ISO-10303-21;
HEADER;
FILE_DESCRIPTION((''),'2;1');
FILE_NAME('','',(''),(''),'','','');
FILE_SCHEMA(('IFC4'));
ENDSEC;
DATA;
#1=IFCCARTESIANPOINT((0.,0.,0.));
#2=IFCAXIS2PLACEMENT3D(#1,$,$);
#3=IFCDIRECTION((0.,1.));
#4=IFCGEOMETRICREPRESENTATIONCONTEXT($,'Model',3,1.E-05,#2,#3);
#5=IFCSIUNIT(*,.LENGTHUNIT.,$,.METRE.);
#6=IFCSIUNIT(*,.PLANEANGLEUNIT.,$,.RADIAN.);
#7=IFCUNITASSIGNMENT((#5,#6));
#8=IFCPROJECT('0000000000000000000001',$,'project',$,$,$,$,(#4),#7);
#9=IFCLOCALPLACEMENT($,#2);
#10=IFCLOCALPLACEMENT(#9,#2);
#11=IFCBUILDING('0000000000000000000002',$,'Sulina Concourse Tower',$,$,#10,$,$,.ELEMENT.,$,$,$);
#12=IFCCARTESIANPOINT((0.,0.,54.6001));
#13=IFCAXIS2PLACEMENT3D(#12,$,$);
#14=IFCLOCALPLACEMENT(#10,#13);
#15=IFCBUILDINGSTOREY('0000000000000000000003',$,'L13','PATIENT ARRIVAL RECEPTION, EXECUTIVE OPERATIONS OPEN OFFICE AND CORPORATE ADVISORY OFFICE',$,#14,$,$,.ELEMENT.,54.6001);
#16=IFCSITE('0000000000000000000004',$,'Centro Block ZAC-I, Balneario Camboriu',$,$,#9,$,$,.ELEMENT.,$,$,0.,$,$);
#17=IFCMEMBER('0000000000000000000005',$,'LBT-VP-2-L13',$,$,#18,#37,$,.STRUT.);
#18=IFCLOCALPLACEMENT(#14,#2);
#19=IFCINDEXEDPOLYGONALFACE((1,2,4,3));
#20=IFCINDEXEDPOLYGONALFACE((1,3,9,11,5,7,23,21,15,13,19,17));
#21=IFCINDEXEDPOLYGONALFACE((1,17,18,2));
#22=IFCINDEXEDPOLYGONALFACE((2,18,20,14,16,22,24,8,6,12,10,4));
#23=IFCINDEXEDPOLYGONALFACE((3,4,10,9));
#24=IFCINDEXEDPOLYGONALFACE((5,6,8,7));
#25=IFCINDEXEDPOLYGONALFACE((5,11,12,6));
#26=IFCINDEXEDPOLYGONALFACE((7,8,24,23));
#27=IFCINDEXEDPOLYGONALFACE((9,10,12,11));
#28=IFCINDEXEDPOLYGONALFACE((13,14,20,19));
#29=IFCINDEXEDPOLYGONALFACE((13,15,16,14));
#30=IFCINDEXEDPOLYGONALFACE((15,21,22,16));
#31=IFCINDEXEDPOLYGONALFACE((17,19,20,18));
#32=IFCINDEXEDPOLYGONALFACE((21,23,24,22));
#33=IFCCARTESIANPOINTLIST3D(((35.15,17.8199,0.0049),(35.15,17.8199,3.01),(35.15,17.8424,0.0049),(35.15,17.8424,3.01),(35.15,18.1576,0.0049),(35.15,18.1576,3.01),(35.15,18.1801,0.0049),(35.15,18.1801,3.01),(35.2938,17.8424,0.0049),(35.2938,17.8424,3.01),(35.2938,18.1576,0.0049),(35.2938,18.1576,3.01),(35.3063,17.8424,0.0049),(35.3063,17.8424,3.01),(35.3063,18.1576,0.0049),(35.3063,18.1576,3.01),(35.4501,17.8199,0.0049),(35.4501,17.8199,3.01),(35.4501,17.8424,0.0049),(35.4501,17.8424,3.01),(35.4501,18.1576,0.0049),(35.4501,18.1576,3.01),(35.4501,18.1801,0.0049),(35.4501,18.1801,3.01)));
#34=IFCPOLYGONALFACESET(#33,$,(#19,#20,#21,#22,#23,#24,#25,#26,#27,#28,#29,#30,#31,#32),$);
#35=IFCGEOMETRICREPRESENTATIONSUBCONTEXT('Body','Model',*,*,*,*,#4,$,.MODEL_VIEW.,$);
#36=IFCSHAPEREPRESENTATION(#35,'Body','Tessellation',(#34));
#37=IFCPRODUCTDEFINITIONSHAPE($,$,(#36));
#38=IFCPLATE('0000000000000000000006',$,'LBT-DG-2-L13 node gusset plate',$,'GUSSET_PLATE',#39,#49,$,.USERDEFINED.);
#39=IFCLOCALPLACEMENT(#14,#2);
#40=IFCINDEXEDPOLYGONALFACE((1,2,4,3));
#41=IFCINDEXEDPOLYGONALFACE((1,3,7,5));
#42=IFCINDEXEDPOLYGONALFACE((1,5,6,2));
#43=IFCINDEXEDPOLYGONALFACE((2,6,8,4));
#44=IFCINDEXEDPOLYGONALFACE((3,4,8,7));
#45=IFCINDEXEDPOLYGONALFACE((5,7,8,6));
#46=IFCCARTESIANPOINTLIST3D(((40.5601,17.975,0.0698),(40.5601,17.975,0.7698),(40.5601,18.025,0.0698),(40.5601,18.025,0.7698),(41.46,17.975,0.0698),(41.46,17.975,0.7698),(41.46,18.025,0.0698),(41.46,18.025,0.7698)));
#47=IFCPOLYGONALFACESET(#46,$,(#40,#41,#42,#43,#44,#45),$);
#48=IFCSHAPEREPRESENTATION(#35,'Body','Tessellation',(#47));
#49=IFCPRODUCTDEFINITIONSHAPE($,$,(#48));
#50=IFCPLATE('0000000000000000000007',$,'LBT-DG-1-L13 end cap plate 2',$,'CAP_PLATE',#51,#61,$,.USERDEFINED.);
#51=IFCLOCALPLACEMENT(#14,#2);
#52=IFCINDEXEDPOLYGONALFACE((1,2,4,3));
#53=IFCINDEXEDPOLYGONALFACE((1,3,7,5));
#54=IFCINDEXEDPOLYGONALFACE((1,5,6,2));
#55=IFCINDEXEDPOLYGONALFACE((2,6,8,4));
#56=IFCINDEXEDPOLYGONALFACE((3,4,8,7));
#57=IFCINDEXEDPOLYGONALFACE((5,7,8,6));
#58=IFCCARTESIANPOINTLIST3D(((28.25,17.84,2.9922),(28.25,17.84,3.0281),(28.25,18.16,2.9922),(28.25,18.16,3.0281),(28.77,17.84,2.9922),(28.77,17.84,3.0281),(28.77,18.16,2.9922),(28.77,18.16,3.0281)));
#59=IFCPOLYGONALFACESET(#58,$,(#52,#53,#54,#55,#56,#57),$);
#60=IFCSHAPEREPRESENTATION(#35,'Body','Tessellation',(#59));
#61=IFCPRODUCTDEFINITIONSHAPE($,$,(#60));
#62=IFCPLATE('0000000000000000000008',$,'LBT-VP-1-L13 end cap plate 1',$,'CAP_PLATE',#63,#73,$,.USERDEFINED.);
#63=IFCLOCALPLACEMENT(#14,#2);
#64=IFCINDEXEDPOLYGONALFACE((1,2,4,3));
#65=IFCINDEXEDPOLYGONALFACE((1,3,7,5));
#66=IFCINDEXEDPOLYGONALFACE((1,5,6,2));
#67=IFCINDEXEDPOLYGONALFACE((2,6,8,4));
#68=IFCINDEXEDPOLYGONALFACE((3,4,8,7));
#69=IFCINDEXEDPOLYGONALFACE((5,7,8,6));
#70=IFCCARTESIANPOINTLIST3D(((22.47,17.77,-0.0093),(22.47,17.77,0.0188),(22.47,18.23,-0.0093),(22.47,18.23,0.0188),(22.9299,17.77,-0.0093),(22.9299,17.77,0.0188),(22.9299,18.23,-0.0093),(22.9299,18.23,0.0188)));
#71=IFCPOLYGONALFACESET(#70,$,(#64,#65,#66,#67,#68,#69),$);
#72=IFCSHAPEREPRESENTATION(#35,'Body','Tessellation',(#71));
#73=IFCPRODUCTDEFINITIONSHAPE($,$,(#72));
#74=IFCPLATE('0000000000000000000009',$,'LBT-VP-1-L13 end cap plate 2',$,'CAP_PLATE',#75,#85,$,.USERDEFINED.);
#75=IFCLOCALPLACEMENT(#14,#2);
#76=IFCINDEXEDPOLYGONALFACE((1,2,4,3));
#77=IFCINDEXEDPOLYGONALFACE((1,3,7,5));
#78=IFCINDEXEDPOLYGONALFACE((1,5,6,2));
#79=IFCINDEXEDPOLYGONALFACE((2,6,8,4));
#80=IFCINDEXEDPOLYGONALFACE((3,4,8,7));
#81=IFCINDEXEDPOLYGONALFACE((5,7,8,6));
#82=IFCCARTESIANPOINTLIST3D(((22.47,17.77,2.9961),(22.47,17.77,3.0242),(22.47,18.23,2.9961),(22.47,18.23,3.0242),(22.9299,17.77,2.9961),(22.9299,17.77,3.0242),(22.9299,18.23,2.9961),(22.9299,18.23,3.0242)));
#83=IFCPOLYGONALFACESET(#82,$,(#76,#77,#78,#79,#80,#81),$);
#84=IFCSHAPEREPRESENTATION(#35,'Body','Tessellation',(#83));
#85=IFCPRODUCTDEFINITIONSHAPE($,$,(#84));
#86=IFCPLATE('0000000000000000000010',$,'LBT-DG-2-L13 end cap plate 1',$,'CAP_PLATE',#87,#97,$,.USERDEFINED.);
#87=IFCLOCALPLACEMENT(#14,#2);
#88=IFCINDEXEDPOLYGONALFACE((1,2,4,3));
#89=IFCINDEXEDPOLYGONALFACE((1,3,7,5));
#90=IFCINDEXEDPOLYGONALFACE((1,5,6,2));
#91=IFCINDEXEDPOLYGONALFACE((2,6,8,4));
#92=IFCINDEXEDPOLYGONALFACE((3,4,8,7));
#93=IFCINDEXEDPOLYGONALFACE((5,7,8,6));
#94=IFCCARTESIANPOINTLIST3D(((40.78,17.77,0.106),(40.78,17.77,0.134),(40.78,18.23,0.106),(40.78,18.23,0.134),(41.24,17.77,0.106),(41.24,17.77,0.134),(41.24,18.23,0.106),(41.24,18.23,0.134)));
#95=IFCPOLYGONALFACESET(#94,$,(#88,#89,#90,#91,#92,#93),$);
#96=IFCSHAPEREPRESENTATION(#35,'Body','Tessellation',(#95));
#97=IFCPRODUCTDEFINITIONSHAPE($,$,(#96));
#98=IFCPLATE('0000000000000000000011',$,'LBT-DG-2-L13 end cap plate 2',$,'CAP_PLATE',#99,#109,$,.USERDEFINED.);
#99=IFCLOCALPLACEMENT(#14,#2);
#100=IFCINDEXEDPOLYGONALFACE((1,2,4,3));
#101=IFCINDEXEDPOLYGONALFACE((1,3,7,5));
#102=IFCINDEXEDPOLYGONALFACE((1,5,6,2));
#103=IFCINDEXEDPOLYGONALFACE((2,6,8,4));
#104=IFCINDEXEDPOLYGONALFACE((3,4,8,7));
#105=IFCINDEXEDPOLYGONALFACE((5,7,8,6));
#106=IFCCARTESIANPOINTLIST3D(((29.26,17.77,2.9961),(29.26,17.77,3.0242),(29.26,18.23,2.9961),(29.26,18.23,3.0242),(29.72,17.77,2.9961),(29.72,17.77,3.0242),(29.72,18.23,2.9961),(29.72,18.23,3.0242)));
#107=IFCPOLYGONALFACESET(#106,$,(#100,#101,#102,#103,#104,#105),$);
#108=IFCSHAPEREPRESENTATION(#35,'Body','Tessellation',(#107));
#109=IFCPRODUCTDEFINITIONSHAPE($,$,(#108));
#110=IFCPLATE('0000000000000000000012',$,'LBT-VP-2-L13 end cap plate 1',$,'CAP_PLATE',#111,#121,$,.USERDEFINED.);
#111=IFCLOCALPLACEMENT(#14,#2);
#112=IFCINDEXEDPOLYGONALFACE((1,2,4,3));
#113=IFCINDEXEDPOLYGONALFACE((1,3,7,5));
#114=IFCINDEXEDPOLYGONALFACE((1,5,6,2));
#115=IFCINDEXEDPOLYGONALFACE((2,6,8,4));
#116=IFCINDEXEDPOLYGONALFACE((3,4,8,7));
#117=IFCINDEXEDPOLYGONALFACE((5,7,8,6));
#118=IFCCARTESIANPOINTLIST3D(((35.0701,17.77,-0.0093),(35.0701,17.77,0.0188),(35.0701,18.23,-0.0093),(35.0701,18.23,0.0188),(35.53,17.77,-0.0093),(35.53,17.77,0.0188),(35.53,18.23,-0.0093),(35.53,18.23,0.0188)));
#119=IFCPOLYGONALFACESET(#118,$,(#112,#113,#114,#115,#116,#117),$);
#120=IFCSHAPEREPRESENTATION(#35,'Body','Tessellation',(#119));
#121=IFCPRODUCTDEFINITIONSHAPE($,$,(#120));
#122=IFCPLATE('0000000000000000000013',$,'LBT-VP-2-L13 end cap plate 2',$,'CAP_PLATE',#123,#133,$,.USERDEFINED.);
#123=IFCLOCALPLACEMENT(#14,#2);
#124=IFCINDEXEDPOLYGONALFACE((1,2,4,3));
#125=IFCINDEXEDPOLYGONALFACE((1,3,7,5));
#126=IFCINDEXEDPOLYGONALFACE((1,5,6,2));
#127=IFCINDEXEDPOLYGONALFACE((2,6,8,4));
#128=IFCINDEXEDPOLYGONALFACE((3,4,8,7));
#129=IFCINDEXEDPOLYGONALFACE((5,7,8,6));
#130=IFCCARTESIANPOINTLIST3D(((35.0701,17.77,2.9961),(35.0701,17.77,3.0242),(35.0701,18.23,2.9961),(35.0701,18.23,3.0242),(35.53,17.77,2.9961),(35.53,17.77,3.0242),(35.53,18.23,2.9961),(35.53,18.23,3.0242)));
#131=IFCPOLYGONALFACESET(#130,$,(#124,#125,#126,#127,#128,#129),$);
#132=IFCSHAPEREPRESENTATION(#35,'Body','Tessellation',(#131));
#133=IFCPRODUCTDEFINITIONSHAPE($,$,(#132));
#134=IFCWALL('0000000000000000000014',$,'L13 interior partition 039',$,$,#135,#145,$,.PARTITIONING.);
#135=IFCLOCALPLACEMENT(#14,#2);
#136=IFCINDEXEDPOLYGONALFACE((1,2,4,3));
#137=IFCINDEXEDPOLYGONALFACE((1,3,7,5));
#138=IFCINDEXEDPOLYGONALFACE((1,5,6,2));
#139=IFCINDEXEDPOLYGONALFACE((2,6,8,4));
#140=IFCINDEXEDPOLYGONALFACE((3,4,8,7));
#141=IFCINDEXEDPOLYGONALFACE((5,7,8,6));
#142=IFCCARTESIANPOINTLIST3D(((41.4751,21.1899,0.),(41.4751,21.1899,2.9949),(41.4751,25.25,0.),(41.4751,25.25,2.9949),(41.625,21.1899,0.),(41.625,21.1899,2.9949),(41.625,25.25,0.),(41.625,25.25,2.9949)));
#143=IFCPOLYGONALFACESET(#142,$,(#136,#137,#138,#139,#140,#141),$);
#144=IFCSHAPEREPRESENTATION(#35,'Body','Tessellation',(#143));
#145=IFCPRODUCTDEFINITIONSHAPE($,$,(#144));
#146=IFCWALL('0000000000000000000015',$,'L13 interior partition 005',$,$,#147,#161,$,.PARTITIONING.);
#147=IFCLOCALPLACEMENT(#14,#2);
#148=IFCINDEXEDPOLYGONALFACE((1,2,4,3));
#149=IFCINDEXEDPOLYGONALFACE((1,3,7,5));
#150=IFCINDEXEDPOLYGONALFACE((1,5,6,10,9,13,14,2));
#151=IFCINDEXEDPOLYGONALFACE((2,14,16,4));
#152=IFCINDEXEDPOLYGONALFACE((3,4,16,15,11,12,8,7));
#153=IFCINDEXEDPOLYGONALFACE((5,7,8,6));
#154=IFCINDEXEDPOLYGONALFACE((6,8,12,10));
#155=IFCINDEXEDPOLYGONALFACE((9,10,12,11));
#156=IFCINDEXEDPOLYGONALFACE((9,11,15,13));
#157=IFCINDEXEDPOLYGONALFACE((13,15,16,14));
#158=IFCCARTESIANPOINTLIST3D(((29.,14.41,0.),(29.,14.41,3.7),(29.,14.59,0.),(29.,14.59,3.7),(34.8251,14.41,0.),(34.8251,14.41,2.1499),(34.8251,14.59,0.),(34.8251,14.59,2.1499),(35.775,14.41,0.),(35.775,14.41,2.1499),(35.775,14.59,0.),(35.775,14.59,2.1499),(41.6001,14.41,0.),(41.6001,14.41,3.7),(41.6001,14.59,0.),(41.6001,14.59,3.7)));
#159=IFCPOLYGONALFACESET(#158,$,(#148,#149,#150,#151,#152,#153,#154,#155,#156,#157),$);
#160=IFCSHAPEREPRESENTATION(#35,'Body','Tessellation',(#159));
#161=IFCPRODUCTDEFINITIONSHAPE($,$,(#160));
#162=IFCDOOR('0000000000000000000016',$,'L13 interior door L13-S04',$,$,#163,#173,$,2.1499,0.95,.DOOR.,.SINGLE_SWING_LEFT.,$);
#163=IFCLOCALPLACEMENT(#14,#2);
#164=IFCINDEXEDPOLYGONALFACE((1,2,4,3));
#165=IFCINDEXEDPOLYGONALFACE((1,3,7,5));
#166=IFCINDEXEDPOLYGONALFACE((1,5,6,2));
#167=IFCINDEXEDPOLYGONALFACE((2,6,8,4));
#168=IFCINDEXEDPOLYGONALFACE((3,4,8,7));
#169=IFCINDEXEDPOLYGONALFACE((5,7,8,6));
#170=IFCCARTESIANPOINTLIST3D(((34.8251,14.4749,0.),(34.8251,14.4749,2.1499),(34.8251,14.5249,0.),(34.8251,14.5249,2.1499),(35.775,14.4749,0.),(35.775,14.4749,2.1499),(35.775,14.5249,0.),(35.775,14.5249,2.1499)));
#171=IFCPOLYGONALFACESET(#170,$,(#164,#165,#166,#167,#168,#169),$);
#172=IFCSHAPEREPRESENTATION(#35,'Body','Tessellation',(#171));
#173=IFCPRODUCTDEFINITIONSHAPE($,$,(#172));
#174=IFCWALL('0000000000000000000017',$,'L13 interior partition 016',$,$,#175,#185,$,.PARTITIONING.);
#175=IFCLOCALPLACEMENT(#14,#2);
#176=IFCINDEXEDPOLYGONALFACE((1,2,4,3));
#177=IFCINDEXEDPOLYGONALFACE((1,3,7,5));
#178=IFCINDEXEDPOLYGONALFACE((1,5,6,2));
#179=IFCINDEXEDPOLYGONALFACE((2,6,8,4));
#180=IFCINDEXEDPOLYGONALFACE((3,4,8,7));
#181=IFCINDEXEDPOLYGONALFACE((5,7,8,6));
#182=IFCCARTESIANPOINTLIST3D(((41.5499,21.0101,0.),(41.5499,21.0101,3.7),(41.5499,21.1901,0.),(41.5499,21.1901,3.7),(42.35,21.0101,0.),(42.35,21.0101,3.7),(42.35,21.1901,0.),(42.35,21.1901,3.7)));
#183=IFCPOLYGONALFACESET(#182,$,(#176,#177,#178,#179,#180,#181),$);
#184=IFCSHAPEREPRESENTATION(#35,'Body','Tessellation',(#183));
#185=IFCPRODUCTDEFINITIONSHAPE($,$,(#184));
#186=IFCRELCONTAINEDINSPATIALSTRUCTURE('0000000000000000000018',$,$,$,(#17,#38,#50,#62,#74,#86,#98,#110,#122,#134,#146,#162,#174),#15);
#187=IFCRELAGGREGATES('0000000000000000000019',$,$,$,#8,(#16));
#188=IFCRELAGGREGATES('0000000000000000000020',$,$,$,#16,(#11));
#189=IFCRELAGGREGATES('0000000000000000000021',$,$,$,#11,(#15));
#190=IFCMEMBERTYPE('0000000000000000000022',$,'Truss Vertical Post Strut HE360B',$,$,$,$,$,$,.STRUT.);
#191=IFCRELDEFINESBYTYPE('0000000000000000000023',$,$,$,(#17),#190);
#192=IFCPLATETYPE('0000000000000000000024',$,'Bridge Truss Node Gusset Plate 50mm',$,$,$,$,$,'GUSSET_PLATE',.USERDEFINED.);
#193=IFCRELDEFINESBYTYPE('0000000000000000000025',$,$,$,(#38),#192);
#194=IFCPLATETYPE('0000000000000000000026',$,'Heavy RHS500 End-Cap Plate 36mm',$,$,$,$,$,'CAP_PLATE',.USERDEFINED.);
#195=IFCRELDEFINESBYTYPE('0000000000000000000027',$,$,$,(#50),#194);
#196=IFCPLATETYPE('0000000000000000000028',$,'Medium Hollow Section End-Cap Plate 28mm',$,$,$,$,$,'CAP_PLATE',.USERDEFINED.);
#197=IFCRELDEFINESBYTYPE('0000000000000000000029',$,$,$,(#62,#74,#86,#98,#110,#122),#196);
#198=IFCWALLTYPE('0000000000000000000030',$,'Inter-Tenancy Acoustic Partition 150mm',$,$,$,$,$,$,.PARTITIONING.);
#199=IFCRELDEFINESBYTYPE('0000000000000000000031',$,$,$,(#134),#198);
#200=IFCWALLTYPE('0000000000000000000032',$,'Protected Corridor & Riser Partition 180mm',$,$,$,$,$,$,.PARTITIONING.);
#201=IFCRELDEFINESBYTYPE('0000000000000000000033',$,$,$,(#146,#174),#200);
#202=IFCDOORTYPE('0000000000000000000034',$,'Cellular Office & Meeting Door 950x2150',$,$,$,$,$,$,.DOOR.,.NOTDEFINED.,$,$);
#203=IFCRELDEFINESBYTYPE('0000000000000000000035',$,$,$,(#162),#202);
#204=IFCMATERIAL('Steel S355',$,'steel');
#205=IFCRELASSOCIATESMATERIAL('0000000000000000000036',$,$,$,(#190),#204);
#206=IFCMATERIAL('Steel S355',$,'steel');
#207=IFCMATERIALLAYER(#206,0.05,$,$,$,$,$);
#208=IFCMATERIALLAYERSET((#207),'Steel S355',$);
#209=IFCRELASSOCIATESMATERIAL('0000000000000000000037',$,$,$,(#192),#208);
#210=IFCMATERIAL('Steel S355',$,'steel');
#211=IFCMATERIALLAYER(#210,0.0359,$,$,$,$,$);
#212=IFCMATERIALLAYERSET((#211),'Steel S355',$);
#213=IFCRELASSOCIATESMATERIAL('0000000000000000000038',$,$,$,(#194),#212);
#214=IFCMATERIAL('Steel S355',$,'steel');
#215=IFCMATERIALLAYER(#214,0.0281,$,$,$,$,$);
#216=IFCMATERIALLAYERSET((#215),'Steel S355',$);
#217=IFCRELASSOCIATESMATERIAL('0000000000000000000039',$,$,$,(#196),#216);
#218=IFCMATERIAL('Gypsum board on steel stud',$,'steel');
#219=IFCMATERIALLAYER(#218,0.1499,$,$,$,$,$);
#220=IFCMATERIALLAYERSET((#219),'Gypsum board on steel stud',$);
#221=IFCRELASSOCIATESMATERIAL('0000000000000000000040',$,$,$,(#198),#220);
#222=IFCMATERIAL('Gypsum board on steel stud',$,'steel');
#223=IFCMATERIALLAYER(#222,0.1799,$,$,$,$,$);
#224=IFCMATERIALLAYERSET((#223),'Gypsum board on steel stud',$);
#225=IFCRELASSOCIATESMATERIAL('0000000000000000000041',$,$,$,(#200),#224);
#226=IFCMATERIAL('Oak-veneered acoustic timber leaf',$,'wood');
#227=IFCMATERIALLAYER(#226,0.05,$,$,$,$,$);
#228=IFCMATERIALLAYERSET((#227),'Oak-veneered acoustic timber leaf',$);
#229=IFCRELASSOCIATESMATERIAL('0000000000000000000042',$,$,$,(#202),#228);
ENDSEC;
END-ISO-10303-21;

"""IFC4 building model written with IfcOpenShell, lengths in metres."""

from ifc_helpers import new_model, si_unit, direction, frame, frame_2d, origin, origin_2d, place, context, subcontext, project, spatial, rectangle, i_section, extrude, material, layer, layer_set, material_profile, profile_set, type_object, element, fill, save


model = new_model("IFC4")

# Units and contexts
model_context = context("Model", 3, precision=1e-05, world=origin(), true_north=direction((0.0, 1.0)))
body_context = subcontext(model_context, "Body", "Model", "MODEL_VIEW")
ifc_project = project(units=[si_unit("LENGTHUNIT", "METRE"), si_unit("PLANEANGLEUNIT", "RADIAN")], contexts=[model_context])

# Site, building, storey
site_placement = place(None, origin())
site = spatial("IfcSite", under=ifc_project, at=site_placement, Name="Centro Block ZAC-I, Balneario Camboriu", CompositionType="ELEMENT", RefElevation=0.0)
building_placement = place(site_placement, origin())
building = spatial("IfcBuilding", under=site, at=building_placement, Name="Sulina Concourse Tower", CompositionType="ELEMENT")
storey_placement = place(building_placement, frame((0.0, 0.0, 54.6001)))
storey = spatial("IfcBuildingStorey", under=building, at=storey_placement, Name="L13", Description="PATIENT ARRIVAL RECEPTION, EXECUTIVE OPERATIONS OPEN OFFICE AND CORPORATE ADVISORY OFFICE", CompositionType="ELEMENT", Elevation=54.6001)

# Member
ifc_material_1 = material(Name="Steel S355", Category="steel")
ifc_material_profile_1 = material_profile(ifc_material_1, i_section(OverallWidth=0.3, OverallDepth=0.3601, WebThickness=0.0125, FlangeThickness=0.0225, at=origin_2d()), Name="HE 360 B")
ifc_profile_set_1 = profile_set([ifc_material_profile_1], Name="Steel S355")
member_type_1 = type_object("IfcMemberType", Name="Truss Vertical Post Strut HE360B", PredefinedType="STRUT", material=ifc_profile_set_1)
for number, where, z_axis, x_axis, name in (
    (1, (35.3, 18.0, 0.0049), (0.0, 0.0, 1.0), (1.0, 0.0, 0.0), "LBT-VP-2-L13"),
):
    element("IfcMember", number, at=place(storey_placement, frame(where, z_axis=z_axis, x_axis=x_axis)), inside=storey, type_object=member_type_1, Name=name, PredefinedType="STRUT", context=body_context, shape_type="SweptSolid", body=[
        extrude(i_section(OverallWidth=0.3, OverallDepth=0.3601, WebThickness=0.0125, FlangeThickness=0.0225, at=origin_2d()), origin(), (0.0, 0.0, 1.0), 3.0051),
    ])

# Plates
ifc_material_2 = material(Name="Steel S355", Category="steel")
ifc_layer_1 = layer(ifc_material_2, 0.05)
ifc_layer_set_1 = layer_set([ifc_layer_1], Name="Steel S355")
plate_type_1 = type_object("IfcPlateType", Name="Bridge Truss Node Gusset Plate 50mm", ElementType="GUSSET_PLATE", PredefinedType="USERDEFINED", material=ifc_layer_set_1)
plate_1_placement = place(storey_placement, frame((41.01, 18.0, 0.0698), z_axis=(0.0, 0.0, 1.0), x_axis=(1.0, 0.0, 0.0)))
element("IfcPlate", 2, at=plate_1_placement, inside=storey, type_object=plate_type_1, Name="LBT-DG-2-L13 node gusset plate", ObjectType="GUSSET_PLATE", PredefinedType="USERDEFINED", context=body_context, shape_type="SweptSolid", body=[
    extrude(rectangle(XDim=0.8999, YDim=0.05, at=origin_2d()), origin(), (0.0, 0.0, 1.0), 0.7),
])
ifc_material_3 = material(Name="Steel S355", Category="steel")
ifc_layer_2 = layer(ifc_material_3, 0.0359)
ifc_layer_set_2 = layer_set([ifc_layer_2], Name="Steel S355")
plate_type_2 = type_object("IfcPlateType", Name="Heavy RHS500 End-Cap Plate 36mm", ElementType="CAP_PLATE", PredefinedType="USERDEFINED", material=ifc_layer_set_2)
plate_2_placement = place(storey_placement, frame((28.51, 18.0, 2.9922), z_axis=(0.0, 0.0, 1.0), x_axis=(1.0, 0.0, 0.0)))
element("IfcPlate", 3, at=plate_2_placement, inside=storey, type_object=plate_type_2, Name="LBT-DG-1-L13 end cap plate 2", ObjectType="CAP_PLATE", PredefinedType="USERDEFINED", context=body_context, shape_type="SweptSolid", body=[
    extrude(rectangle(XDim=0.52, YDim=0.3201, at=origin_2d()), origin(), (0.0, 0.0, 1.0), 0.0359),
])
ifc_material_4 = material(Name="Steel S355", Category="steel")
ifc_layer_3 = layer(ifc_material_4, 0.0281)
ifc_layer_set_3 = layer_set([ifc_layer_3], Name="Steel S355")
plate_type_3 = type_object("IfcPlateType", Name="Medium Hollow Section End-Cap Plate 28mm", ElementType="CAP_PLATE", PredefinedType="USERDEFINED", material=ifc_layer_set_3)
for number, where, z_axis, x_axis, name in (
    (4, (22.7, 18.0, -0.0093), (0.0, 0.0, 1.0), (1.0, 0.0, 0.0), "LBT-VP-1-L13 end cap plate 1"),
    (5, (22.7, 18.0, 2.9961), (0.0, 0.0, 1.0), (1.0, 0.0, 0.0), "LBT-VP-1-L13 end cap plate 2"),
    (6, (41.01, 18.0, 0.106), (0.0, 0.0, 1.0), (1.0, 0.0, 0.0), "LBT-DG-2-L13 end cap plate 1"),
    (7, (29.49, 18.0, 2.9961), (0.0, 0.0, 1.0), (1.0, 0.0, 0.0), "LBT-DG-2-L13 end cap plate 2"),
    (8, (35.3, 18.0, -0.0093), (0.0, 0.0, 1.0), (1.0, 0.0, 0.0), "LBT-VP-2-L13 end cap plate 1"),
    (9, (35.3, 18.0, 2.9961), (0.0, 0.0, 1.0), (1.0, 0.0, 0.0), "LBT-VP-2-L13 end cap plate 2"),
):
    element("IfcPlate", number, at=place(storey_placement, frame(where, z_axis=z_axis, x_axis=x_axis)), inside=storey, type_object=plate_type_3, Name=name, ObjectType="CAP_PLATE", PredefinedType="USERDEFINED", context=body_context, shape_type="SweptSolid", body=[
        extrude(rectangle(XDim=0.46, YDim=0.46, at=origin_2d()), origin(), (0.0, 0.0, 1.0), 0.0281),
    ])

# Wall
ifc_material_5 = material(Name="Gypsum board on steel stud", Category="steel")
ifc_layer_4 = layer(ifc_material_5, 0.1499)
ifc_layer_set_4 = layer_set([ifc_layer_4], Name="Gypsum board on steel stud")
wall_type_1 = type_object("IfcWallType", Name="Inter-Tenancy Acoustic Partition 150mm", PredefinedType="PARTITIONING", material=ifc_layer_set_4)
wall_1_placement = place(storey_placement, frame((41.55, 21.1899, 0.0), z_axis=(0.0, 0.0, 1.0), x_axis=(0.0, 1.0, 0.0)))
element("IfcWall", 10, at=wall_1_placement, inside=storey, type_object=wall_type_1, Name="L13 interior partition 039", PredefinedType="PARTITIONING", context=body_context, shape_type="SweptSolid", body=[
    extrude(rectangle(XDim=4.0601, YDim=0.1499, at=frame_2d((2.03, 0.0))), origin(), (0.0, 0.0, 1.0), 2.9949),
])

# Wall, opening, door
ifc_material_6 = material(Name="Gypsum board on steel stud", Category="steel")
ifc_layer_5 = layer(ifc_material_6, 0.1799)
ifc_layer_set_5 = layer_set([ifc_layer_5], Name="Gypsum board on steel stud")
wall_type_2 = type_object("IfcWallType", Name="Protected Corridor & Riser Partition 180mm", PredefinedType="PARTITIONING", material=ifc_layer_set_5)
wall_2_placement = place(storey_placement, frame((29.0, 14.5, 0.0), z_axis=(0.0, 0.0, 1.0), x_axis=(1.0, 0.0, 0.0)))
wall_2 = element("IfcWall", 11, at=wall_2_placement, inside=storey, type_object=wall_type_2, Name="L13 interior partition 005", PredefinedType="PARTITIONING", context=body_context, shape_type="SweptSolid", body=[
    extrude(rectangle(XDim=12.6001, YDim=0.1799, at=frame_2d((6.3, 0.0))), origin(), (0.0, 0.0, 1.0), 3.7),
])
opening_placement = place(wall_2_placement, frame((5.825, 0.0, 0.0)))
opening = element("IfcOpeningElement", 12, at=opening_placement, cuts=wall_2, PredefinedType="OPENING", context=body_context, shape_type="SweptSolid", body=[
    extrude(rectangle(XDim=0.95, YDim=2.1499, at=frame_2d((0.4751, 1.075))), frame((0.0, 0.0999, 0.0), z_axis=(0.0, -1.0, 0.0), x_axis=(1.0, 0.0, 0.0)), (0.0, 0.0, 1.0), 0.2),
])
ifc_material_7 = material(Name="Oak-veneered acoustic timber leaf", Category="wood")
ifc_layer_6 = layer(ifc_material_7, 0.05)
ifc_layer_set_6 = layer_set([ifc_layer_6], Name="Oak-veneered acoustic timber leaf")
door_type = type_object("IfcDoorType", Name="Cellular Office & Meeting Door 950x2150", OperationType="NOTDEFINED", PredefinedType="DOOR", material=ifc_layer_set_6)
door_placement = place(opening_placement, origin())
door = element("IfcDoor", 13, at=door_placement, inside=storey, type_object=door_type, Name="L13 interior door L13-S04", OperationType="SINGLE_SWING_LEFT", OverallHeight=2.1499, OverallWidth=0.95, PredefinedType="DOOR", context=body_context, shape_type="SweptSolid", body=[
    extrude(rectangle(XDim=0.95, YDim=2.1499, at=frame_2d((0.4751, 1.075))), frame((0.0, 0.0249, 0.0), z_axis=(0.0, -1.0, 0.0), x_axis=(1.0, 0.0, 0.0)), (0.0, 0.0, 1.0), 0.05),
])
fill(opening, door)

# Wall
wall_3_placement = place(storey_placement, frame((41.55, 21.1001, 0.0), z_axis=(0.0, 0.0, 1.0), x_axis=(1.0, 0.0, 0.0)))
element("IfcWall", 14, at=wall_3_placement, inside=storey, type_object=wall_type_2, Name="L13 interior partition 016", PredefinedType="PARTITIONING", context=body_context, shape_type="SweptSolid", body=[
    extrude(rectangle(XDim=0.8, YDim=0.1799, at=frame_2d((0.3999, 0.0))), origin(), (0.0, 0.0, 1.0), 3.7),
])

save(model, "model.ifc")
